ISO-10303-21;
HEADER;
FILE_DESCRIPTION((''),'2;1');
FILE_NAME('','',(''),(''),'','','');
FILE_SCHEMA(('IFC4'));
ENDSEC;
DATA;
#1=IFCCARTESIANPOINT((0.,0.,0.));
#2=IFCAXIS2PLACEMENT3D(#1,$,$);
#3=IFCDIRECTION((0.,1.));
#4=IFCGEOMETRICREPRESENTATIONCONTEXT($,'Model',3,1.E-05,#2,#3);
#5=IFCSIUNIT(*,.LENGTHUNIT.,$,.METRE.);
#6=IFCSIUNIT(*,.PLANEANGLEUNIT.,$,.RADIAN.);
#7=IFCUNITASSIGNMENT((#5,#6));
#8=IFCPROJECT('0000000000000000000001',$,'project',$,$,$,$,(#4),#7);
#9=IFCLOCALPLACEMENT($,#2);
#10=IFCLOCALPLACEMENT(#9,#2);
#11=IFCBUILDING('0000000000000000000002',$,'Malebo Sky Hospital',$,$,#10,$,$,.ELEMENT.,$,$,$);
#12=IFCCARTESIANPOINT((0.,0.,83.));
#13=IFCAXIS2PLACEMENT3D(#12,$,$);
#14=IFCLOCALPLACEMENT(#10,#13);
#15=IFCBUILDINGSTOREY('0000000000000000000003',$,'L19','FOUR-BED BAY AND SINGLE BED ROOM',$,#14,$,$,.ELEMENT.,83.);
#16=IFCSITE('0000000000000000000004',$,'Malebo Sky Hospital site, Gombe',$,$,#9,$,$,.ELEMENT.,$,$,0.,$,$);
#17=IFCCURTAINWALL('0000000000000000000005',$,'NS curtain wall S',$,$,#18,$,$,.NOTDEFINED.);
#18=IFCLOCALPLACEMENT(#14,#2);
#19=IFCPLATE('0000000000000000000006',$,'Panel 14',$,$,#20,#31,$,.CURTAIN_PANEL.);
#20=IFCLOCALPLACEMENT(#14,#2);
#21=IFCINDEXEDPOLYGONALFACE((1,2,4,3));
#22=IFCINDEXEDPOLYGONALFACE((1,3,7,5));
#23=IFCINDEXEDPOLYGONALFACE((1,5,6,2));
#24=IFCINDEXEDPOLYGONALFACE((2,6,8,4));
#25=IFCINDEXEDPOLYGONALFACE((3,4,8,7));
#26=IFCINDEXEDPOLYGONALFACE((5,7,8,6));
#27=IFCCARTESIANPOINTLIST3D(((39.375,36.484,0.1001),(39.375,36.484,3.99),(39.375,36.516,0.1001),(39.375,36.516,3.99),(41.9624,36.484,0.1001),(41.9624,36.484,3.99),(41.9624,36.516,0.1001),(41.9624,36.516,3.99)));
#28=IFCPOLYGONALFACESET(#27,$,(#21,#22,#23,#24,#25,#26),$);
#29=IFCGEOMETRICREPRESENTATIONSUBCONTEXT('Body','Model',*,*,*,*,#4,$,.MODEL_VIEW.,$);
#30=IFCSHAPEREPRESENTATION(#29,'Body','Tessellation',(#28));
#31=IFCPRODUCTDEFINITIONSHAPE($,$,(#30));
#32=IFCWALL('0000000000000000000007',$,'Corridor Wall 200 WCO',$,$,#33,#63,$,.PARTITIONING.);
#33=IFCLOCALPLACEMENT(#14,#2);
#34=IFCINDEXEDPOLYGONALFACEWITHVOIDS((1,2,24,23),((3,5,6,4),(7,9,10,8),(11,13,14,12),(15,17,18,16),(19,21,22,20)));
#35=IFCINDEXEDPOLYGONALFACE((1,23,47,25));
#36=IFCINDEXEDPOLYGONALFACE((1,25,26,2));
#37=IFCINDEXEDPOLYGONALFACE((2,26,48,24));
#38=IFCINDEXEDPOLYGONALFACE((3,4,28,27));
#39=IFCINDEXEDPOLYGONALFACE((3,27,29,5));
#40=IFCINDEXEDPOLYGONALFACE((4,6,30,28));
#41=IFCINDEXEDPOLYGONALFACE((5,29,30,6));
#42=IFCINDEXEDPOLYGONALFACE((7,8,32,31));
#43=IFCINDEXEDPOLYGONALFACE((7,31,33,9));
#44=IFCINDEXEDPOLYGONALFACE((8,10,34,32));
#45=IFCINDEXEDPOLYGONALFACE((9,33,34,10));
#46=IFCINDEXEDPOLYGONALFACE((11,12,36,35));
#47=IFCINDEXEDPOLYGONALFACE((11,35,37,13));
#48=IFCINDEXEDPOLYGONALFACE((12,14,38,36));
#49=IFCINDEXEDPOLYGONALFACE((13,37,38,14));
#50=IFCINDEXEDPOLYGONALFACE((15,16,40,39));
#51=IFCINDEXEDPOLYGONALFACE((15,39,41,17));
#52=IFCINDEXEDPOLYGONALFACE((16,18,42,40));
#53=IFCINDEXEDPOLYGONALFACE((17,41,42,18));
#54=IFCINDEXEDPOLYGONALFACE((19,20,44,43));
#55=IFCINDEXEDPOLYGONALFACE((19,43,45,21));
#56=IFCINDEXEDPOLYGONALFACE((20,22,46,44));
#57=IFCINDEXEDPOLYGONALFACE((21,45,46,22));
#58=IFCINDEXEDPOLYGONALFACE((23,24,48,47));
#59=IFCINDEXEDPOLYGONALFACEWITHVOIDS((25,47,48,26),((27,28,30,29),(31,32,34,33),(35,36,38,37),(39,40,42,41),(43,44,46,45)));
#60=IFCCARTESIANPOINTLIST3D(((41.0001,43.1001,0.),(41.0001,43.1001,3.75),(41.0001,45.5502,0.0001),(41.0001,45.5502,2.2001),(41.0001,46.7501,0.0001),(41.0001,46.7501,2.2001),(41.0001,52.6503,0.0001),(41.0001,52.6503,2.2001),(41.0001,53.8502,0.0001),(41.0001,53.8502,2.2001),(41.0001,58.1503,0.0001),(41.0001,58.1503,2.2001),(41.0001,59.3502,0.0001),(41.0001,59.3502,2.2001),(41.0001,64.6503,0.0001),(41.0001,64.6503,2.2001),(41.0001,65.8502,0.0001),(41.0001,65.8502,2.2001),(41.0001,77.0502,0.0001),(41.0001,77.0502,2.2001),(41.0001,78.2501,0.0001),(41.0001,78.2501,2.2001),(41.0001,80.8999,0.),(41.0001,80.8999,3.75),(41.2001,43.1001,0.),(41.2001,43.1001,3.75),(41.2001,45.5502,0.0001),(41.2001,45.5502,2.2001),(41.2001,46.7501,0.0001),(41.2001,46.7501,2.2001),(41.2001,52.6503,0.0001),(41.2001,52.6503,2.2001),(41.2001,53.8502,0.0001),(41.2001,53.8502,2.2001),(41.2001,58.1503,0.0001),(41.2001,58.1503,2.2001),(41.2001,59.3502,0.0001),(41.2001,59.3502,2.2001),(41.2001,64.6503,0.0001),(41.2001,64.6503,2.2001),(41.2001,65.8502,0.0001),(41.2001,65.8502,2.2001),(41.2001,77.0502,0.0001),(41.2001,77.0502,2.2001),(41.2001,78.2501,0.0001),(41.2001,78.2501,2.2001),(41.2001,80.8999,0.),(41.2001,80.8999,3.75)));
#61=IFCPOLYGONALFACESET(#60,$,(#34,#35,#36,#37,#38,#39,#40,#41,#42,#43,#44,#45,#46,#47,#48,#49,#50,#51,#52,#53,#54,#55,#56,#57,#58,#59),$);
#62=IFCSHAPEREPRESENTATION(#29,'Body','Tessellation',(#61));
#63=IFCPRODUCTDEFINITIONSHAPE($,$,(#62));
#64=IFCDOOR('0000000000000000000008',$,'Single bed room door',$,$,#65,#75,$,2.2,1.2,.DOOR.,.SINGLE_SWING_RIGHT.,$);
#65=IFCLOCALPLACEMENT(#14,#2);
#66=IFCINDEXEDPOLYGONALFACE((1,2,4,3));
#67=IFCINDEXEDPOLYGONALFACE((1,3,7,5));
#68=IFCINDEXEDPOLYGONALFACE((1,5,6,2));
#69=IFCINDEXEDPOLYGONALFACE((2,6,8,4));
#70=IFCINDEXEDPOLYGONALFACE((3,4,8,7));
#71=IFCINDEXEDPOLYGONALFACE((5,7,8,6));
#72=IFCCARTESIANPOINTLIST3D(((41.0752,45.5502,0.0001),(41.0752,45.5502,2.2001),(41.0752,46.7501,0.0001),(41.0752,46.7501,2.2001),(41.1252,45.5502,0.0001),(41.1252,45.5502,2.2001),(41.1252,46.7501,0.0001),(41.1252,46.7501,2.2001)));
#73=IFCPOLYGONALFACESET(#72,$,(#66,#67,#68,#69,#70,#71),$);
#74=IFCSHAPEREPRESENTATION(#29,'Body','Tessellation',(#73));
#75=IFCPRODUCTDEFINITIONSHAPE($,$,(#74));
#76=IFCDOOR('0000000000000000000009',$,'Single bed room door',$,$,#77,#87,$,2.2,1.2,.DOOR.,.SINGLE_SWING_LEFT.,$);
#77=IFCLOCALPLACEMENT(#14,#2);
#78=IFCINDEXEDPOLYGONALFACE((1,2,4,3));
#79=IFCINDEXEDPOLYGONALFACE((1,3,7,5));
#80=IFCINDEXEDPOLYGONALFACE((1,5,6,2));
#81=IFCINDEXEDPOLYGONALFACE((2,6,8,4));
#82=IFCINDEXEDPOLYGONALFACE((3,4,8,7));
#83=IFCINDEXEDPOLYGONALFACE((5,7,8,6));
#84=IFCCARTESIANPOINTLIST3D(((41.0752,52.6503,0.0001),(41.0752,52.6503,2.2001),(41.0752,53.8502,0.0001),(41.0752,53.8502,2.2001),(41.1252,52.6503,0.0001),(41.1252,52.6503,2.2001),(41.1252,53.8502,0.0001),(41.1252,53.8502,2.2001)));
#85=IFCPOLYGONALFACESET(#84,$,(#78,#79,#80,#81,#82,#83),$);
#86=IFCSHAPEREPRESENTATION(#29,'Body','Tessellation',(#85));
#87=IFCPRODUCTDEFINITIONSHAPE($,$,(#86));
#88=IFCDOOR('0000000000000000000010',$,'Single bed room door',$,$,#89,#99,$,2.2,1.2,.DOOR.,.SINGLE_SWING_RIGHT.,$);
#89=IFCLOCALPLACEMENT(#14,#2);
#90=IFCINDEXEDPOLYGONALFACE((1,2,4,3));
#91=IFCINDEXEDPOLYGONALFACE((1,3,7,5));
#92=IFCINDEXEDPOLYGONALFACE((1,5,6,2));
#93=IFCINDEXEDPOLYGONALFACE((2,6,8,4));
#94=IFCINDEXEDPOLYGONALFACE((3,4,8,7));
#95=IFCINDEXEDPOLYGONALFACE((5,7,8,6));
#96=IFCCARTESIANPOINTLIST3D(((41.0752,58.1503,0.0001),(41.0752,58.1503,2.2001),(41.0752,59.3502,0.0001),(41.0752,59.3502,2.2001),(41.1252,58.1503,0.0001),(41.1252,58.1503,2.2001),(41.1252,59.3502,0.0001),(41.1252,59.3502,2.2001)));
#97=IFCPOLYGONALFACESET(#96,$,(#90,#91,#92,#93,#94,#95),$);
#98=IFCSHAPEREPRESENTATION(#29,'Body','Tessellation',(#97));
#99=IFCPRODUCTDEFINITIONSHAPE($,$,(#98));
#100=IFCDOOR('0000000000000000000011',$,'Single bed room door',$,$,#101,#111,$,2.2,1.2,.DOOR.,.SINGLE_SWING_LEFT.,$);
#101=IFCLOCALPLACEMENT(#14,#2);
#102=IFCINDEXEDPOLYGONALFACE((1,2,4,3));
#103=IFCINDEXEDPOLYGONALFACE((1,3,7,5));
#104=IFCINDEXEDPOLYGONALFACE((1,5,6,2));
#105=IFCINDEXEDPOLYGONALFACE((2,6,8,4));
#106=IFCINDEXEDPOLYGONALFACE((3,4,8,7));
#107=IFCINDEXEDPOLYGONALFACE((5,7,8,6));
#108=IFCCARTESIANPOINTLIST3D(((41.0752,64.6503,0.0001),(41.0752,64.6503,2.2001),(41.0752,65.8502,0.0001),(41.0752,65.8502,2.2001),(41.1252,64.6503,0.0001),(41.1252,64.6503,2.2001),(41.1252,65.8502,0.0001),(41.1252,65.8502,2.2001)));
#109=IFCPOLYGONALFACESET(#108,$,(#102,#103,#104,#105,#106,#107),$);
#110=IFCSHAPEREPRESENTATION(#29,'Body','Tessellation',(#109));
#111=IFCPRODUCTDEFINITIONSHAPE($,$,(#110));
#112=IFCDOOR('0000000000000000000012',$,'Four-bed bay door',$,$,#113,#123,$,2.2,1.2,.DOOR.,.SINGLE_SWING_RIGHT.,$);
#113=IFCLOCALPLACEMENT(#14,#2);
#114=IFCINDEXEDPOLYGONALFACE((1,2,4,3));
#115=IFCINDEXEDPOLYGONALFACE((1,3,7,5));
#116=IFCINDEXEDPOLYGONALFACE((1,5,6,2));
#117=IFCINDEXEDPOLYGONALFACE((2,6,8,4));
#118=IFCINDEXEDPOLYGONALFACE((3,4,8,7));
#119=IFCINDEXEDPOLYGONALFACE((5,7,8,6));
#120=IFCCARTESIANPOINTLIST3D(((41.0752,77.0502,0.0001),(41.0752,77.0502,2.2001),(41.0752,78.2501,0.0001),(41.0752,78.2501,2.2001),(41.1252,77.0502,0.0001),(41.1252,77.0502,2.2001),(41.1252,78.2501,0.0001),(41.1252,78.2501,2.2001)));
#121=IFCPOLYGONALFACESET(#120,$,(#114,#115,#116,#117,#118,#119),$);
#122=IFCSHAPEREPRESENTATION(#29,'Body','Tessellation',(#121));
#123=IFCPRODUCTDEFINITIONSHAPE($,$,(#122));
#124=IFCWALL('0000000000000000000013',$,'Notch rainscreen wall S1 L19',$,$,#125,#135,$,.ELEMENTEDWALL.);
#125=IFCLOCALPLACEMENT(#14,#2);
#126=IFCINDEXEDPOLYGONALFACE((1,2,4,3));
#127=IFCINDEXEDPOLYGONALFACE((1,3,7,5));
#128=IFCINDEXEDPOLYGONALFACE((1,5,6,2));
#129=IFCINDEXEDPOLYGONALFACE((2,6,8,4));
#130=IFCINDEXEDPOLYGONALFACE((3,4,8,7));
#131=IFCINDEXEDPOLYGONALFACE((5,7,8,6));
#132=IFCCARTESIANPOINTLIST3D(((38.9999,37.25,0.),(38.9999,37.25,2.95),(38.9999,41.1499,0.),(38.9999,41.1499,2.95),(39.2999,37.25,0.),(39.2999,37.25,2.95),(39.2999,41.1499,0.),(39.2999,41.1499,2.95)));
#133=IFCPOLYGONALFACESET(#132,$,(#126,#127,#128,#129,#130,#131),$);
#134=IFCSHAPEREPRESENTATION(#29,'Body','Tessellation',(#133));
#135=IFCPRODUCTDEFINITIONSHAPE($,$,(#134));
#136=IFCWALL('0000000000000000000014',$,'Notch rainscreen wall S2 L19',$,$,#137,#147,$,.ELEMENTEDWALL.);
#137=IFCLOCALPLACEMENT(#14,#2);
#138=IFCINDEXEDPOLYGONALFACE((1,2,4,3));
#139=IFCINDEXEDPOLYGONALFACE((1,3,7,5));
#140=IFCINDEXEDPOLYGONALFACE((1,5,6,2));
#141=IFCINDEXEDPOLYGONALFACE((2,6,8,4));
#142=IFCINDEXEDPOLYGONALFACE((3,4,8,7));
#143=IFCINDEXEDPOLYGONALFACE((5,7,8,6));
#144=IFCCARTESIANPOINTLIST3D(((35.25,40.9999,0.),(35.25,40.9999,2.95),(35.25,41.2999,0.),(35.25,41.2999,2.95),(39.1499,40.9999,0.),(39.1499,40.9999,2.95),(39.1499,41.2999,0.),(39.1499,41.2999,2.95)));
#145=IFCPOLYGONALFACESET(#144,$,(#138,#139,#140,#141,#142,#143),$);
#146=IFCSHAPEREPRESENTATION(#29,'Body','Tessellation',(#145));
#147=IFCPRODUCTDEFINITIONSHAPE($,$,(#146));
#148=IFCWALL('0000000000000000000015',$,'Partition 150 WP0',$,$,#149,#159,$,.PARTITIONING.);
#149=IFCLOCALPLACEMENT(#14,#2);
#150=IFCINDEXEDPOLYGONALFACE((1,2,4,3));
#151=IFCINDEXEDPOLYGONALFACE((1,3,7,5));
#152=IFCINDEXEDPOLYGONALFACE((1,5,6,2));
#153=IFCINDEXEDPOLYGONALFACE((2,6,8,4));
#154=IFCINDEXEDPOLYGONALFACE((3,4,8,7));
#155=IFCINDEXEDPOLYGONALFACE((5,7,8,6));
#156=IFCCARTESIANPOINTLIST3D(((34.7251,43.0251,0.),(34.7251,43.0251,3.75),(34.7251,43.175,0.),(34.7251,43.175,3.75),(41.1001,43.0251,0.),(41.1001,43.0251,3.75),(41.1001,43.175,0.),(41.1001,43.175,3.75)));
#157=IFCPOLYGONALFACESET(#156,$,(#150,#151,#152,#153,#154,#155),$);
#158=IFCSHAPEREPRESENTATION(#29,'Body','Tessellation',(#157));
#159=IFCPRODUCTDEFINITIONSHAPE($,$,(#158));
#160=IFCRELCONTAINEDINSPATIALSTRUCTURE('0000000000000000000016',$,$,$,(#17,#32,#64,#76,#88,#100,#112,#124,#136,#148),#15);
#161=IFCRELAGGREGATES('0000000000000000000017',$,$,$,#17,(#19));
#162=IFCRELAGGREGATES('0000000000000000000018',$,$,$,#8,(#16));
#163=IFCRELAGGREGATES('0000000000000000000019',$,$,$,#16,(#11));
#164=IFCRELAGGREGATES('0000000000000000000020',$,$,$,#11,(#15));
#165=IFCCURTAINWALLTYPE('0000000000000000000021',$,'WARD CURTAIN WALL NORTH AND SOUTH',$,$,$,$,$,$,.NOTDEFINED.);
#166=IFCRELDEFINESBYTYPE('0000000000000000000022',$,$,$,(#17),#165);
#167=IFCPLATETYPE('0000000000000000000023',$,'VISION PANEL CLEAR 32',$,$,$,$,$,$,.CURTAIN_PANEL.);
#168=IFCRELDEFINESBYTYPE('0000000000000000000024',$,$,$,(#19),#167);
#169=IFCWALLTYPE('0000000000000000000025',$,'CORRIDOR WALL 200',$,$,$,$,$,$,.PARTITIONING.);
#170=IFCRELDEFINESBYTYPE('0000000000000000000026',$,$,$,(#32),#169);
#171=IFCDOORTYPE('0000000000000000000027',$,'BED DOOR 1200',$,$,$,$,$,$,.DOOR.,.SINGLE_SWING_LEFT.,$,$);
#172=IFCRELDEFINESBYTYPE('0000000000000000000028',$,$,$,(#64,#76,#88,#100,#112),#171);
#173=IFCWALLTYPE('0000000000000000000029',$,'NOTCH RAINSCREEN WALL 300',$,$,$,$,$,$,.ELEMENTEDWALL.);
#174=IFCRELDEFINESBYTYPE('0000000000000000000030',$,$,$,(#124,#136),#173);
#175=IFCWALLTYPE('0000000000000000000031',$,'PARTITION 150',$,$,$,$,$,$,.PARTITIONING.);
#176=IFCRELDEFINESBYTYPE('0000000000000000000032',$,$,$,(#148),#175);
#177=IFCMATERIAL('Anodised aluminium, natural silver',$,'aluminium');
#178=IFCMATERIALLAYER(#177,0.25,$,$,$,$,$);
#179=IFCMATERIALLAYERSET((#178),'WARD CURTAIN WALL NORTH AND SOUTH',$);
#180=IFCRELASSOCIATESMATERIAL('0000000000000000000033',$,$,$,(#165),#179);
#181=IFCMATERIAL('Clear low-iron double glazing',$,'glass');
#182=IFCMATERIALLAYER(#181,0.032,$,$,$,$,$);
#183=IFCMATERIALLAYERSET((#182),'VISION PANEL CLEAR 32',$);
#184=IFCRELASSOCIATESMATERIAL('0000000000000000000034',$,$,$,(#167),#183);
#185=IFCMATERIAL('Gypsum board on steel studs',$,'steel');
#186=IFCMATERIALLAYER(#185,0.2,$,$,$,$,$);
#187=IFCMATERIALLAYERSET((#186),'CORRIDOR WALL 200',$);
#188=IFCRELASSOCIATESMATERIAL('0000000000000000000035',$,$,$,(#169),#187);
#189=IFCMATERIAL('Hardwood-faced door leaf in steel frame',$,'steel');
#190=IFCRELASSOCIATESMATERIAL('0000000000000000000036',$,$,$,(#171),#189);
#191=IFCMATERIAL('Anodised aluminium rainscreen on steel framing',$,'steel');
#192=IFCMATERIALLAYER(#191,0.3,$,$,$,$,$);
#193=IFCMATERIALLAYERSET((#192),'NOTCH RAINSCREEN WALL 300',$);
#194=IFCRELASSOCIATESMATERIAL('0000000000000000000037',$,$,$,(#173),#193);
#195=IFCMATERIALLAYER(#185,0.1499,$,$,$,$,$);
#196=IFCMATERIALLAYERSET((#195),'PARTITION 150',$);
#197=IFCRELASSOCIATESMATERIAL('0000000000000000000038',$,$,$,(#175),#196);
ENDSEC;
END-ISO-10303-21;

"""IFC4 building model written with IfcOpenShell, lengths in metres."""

from ifc_helpers import new_model, si_unit, direction, frame, frame_2d, origin, origin_2d, place, context, subcontext, project, spatial, rectangle, extrude, material, layer, layer_set, type_object, element, fill, aggregate, save


model = new_model("IFC4")

# Units and contexts
model_context = context("Model", 3, precision=1e-05, world=origin(), true_north=direction((0.0, 1.0)))
body_context = subcontext(model_context, "Body", "Model", "MODEL_VIEW")
ifc_project = project(units=[si_unit("LENGTHUNIT", "METRE"), si_unit("PLANEANGLEUNIT", "RADIAN")], contexts=[model_context])

# Site, building, storey
site_placement = place(None, origin())
site = spatial("IfcSite", under=ifc_project, at=site_placement, Name="Malebo Sky Hospital site, Gombe", CompositionType="ELEMENT", RefElevation=0.0)
building_placement = place(site_placement, origin())
building = spatial("IfcBuilding", under=site, at=building_placement, Name="Malebo Sky Hospital", CompositionType="ELEMENT")
storey_placement = place(building_placement, frame((0.0, 0.0, 83.0)))
storey = spatial("IfcBuildingStorey", under=building, at=storey_placement, Name="L19", Description="FOUR-BED BAY AND SINGLE BED ROOM", CompositionType="ELEMENT", Elevation=83.0)

# Curtain wall
ifc_material_1 = material(Name="Anodised aluminium, natural silver", Category="aluminium")
ifc_layer_1 = layer(ifc_material_1, 0.25)
ifc_layer_set_1 = layer_set([ifc_layer_1], Name="WARD CURTAIN WALL NORTH AND SOUTH")
curtain_wall_type = type_object("IfcCurtainWallType", Name="WARD CURTAIN WALL NORTH AND SOUTH", PredefinedType="NOTDEFINED", material=ifc_layer_set_1)
curtain_wall_placement = place(storey_placement, origin())
curtain_wall = element("IfcCurtainWall", 1, at=curtain_wall_placement, inside=storey, type_object=curtain_wall_type, Name="NS curtain wall S", PredefinedType="NOTDEFINED")

# Plate
ifc_material_2 = material(Name="Clear low-iron double glazing", Category="glass")
ifc_layer_2 = layer(ifc_material_2, 0.032)
ifc_layer_set_2 = layer_set([ifc_layer_2], Name="VISION PANEL CLEAR 32")
plate_type = type_object("IfcPlateType", Name="VISION PANEL CLEAR 32", PredefinedType="CURTAIN_PANEL", material=ifc_layer_set_2)
plate_1_placement = place(storey_placement, frame((40.6687, 36.5, 0.1001), z_axis=(0.0, 0.0, 1.0), x_axis=(-1.0, 0.0, 0.0)))
plate_1 = element("IfcPlate", 2, at=plate_1_placement, type_object=plate_type, Name="Panel 14", PredefinedType="CURTAIN_PANEL", context=body_context, shape_type="SweptSolid", body=[
    extrude(rectangle(XDim=2.5874, YDim=0.032, at=origin_2d()), origin(), (0.0, 0.0, 1.0), 3.8899),
])
aggregate(curtain_wall, [plate_1])

# Wall, openings, doors
ifc_material_3 = material(Name="Gypsum board on steel studs", Category="steel")
ifc_layer_3 = layer(ifc_material_3, 0.2)
ifc_layer_set_3 = layer_set([ifc_layer_3], Name="CORRIDOR WALL 200")
wall_type_1 = type_object("IfcWallType", Name="CORRIDOR WALL 200", PredefinedType="PARTITIONING", material=ifc_layer_set_3)
wall_1_placement = place(storey_placement, frame((41.1001, 43.1001, 0.0), z_axis=(0.0, 0.0, 1.0), x_axis=(0.0, 1.0, 0.0)))
wall_1 = element("IfcWall", 3, at=wall_1_placement, inside=storey, type_object=wall_type_1, Name="Corridor Wall 200 WCO", PredefinedType="PARTITIONING", context=body_context, shape_type="SweptSolid", body=[
    extrude(rectangle(XDim=37.7998, YDim=0.2, at=frame_2d((18.8999, 0.0))), origin(), (0.0, 0.0, 1.0), 3.75),
])
opening_1_placement = place(wall_1_placement, frame((2.45, 0.0, 0.0)))
opening_1 = element("IfcOpeningElement", 4, at=opening_1_placement, cuts=wall_1, PredefinedType="OPENING", context=body_context, shape_type="SweptSolid", body=[
    extrude(rectangle(XDim=1.2, YDim=2.2, at=frame_2d((0.6001, 1.1001))), frame((0.0, 0.1099, 0.0), z_axis=(0.0, -1.0, 0.0), x_axis=(1.0, 0.0, 0.0)), (0.0, 0.0, 1.0), 0.22),
])
opening_2_placement = place(wall_1_placement, frame((9.55, 0.0, 0.0)))
opening_2 = element("IfcOpeningElement", 5, at=opening_2_placement, cuts=wall_1, PredefinedType="OPENING", context=body_context, shape_type="SweptSolid", body=[
    extrude(rectangle(XDim=1.2, YDim=2.2, at=frame_2d((0.6001, 1.1001))), frame((0.0, 0.1099, 0.0), z_axis=(0.0, -1.0, 0.0), x_axis=(1.0, 0.0, 0.0)), (0.0, 0.0, 1.0), 0.22),
])
opening_3_placement = place(wall_1_placement, frame((15.05, 0.0, 0.0)))
opening_3 = element("IfcOpeningElement", 6, at=opening_3_placement, cuts=wall_1, PredefinedType="OPENING", context=body_context, shape_type="SweptSolid", body=[
    extrude(rectangle(XDim=1.2, YDim=2.2, at=frame_2d((0.6001, 1.1001))), frame((0.0, 0.1099, 0.0), z_axis=(0.0, -1.0, 0.0), x_axis=(1.0, 0.0, 0.0)), (0.0, 0.0, 1.0), 0.22),
])
opening_4_placement = place(wall_1_placement, frame((21.55, 0.0, 0.0)))
opening_4 = element("IfcOpeningElement", 7, at=opening_4_placement, cuts=wall_1, PredefinedType="OPENING", context=body_context, shape_type="SweptSolid", body=[
    extrude(rectangle(XDim=1.2, YDim=2.2, at=frame_2d((0.6001, 1.1001))), frame((0.0, 0.1099, 0.0), z_axis=(0.0, -1.0, 0.0), x_axis=(1.0, 0.0, 0.0)), (0.0, 0.0, 1.0), 0.22),
])
opening_5_placement = place(wall_1_placement, frame((33.95, 0.0, 0.0)))
opening_5 = element("IfcOpeningElement", 8, at=opening_5_placement, cuts=wall_1, PredefinedType="OPENING", context=body_context, shape_type="SweptSolid", body=[
    extrude(rectangle(XDim=1.2, YDim=2.2, at=frame_2d((0.6001, 1.1001))), frame((0.0, 0.1099, 0.0), z_axis=(0.0, -1.0, 0.0), x_axis=(1.0, 0.0, 0.0)), (0.0, 0.0, 1.0), 0.22),
])
ifc_material_4 = material(Name="Hardwood-faced door leaf in steel frame", Category="steel")
door_type_1 = type_object("IfcDoorType", Name="BED DOOR 1200", OperationType="SINGLE_SWING_LEFT", PredefinedType="DOOR", material=ifc_material_4)
door_1_placement = place(opening_1_placement, origin())
door_1 = element("IfcDoor", 9, at=door_1_placement, inside=storey, type_object=door_type_1, Name="Single bed room door", OperationType="SINGLE_SWING_RIGHT", OverallHeight=2.2, OverallWidth=1.2, PredefinedType="DOOR", context=body_context, shape_type="SweptSolid", body=[
    extrude(rectangle(XDim=1.2, YDim=2.2, at=frame_2d((0.6001, 1.1001))), frame((0.0, 0.0249, 0.0), z_axis=(0.0, -1.0, 0.0), x_axis=(1.0, 0.0, 0.0)), (0.0, 0.0, 1.0), 0.05),
])
fill(opening_1, door_1)
door_2_placement = place(opening_2_placement, origin())
door_2 = element("IfcDoor", 10, at=door_2_placement, inside=storey, type_object=door_type_1, Name="Single bed room door", OperationType="SINGLE_SWING_LEFT", OverallHeight=2.2, OverallWidth=1.2, PredefinedType="DOOR", context=body_context, shape_type="SweptSolid", body=[
    extrude(rectangle(XDim=1.2, YDim=2.2, at=frame_2d((0.6001, 1.1001))), frame((0.0, 0.0249, 0.0), z_axis=(0.0, -1.0, 0.0), x_axis=(1.0, 0.0, 0.0)), (0.0, 0.0, 1.0), 0.05),
])
fill(opening_2, door_2)
door_3_placement = place(opening_3_placement, origin())
door_3 = element("IfcDoor", 11, at=door_3_placement, inside=storey, type_object=door_type_1, Name="Single bed room door", OperationType="SINGLE_SWING_RIGHT", OverallHeight=2.2, OverallWidth=1.2, PredefinedType="DOOR", context=body_context, shape_type="SweptSolid", body=[
    extrude(rectangle(XDim=1.2, YDim=2.2, at=frame_2d((0.6001, 1.1001))), frame((0.0, 0.0249, 0.0), z_axis=(0.0, -1.0, 0.0), x_axis=(1.0, 0.0, 0.0)), (0.0, 0.0, 1.0), 0.05),
])
fill(opening_3, door_3)
door_4_placement = place(opening_4_placement, origin())
door_4 = element("IfcDoor", 12, at=door_4_placement, inside=storey, type_object=door_type_1, Name="Single bed room door", OperationType="SINGLE_SWING_LEFT", OverallHeight=2.2, OverallWidth=1.2, PredefinedType="DOOR", context=body_context, shape_type="SweptSolid", body=[
    extrude(rectangle(XDim=1.2, YDim=2.2, at=frame_2d((0.6001, 1.1001))), frame((0.0, 0.0249, 0.0), z_axis=(0.0, -1.0, 0.0), x_axis=(1.0, 0.0, 0.0)), (0.0, 0.0, 1.0), 0.05),
])
fill(opening_4, door_4)
door_5_placement = place(opening_5_placement, origin())
door_5 = element("IfcDoor", 13, at=door_5_placement, inside=storey, type_object=door_type_1, Name="Four-bed bay door", OperationType="SINGLE_SWING_RIGHT", OverallHeight=2.2, OverallWidth=1.2, PredefinedType="DOOR", context=body_context, shape_type="SweptSolid", body=[
    extrude(rectangle(XDim=1.2, YDim=2.2, at=frame_2d((0.6001, 1.1001))), frame((0.0, 0.0249, 0.0), z_axis=(0.0, -1.0, 0.0), x_axis=(1.0, 0.0, 0.0)), (0.0, 0.0, 1.0), 0.05),
])
fill(opening_5, door_5)

# Walls
ifc_material_5 = material(Name="Anodised aluminium rainscreen on steel framing", Category="steel")
ifc_layer_4 = layer(ifc_material_5, 0.3)
ifc_layer_set_4 = layer_set([ifc_layer_4], Name="NOTCH RAINSCREEN WALL 300")
wall_type_2 = type_object("IfcWallType", Name="NOTCH RAINSCREEN WALL 300", PredefinedType="ELEMENTEDWALL", material=ifc_layer_set_4)
for number, where, z_axis, x_axis, name in (
    (14, (39.1499, 37.25, 0.0), (0.0, 0.0, 1.0), (0.0, 1.0, 0.0), "Notch rainscreen wall S1 L19"),
    (15, (39.1499, 41.1499, 0.0), (0.0, 0.0, 1.0), (-1.0, 0.0, 0.0), "Notch rainscreen wall S2 L19"),
):
    element("IfcWall", number, at=place(storey_placement, frame(where, z_axis=z_axis, x_axis=x_axis)), inside=storey, type_object=wall_type_2, Name=name, PredefinedType="ELEMENTEDWALL", context=body_context, shape_type="SweptSolid", body=[
        extrude(rectangle(XDim=3.8999, YDim=0.3, at=frame_2d((1.95, 0.0))), origin(), (0.0, 0.0, 1.0), 2.95),
    ])
ifc_layer_5 = layer(ifc_material_3, 0.1499)
ifc_layer_set_5 = layer_set([ifc_layer_5], Name="PARTITION 150")
wall_type_3 = type_object("IfcWallType", Name="PARTITION 150", PredefinedType="PARTITIONING", material=ifc_layer_set_5)
wall_2_placement = place(storey_placement, frame((41.1001, 43.1001, 0.0), z_axis=(0.0, 0.0, 1.0), x_axis=(-1.0, 0.0, 0.0)))
element("IfcWall", 16, at=wall_2_placement, inside=storey, type_object=wall_type_3, Name="Partition 150 WP0", PredefinedType="PARTITIONING", context=body_context, shape_type="SweptSolid", body=[
    extrude(rectangle(XDim=6.375, YDim=0.1499, at=frame_2d((3.1875, 0.0))), origin(), (0.0, 0.0, 1.0), 3.75),
])

save(model, "model.ifc")
